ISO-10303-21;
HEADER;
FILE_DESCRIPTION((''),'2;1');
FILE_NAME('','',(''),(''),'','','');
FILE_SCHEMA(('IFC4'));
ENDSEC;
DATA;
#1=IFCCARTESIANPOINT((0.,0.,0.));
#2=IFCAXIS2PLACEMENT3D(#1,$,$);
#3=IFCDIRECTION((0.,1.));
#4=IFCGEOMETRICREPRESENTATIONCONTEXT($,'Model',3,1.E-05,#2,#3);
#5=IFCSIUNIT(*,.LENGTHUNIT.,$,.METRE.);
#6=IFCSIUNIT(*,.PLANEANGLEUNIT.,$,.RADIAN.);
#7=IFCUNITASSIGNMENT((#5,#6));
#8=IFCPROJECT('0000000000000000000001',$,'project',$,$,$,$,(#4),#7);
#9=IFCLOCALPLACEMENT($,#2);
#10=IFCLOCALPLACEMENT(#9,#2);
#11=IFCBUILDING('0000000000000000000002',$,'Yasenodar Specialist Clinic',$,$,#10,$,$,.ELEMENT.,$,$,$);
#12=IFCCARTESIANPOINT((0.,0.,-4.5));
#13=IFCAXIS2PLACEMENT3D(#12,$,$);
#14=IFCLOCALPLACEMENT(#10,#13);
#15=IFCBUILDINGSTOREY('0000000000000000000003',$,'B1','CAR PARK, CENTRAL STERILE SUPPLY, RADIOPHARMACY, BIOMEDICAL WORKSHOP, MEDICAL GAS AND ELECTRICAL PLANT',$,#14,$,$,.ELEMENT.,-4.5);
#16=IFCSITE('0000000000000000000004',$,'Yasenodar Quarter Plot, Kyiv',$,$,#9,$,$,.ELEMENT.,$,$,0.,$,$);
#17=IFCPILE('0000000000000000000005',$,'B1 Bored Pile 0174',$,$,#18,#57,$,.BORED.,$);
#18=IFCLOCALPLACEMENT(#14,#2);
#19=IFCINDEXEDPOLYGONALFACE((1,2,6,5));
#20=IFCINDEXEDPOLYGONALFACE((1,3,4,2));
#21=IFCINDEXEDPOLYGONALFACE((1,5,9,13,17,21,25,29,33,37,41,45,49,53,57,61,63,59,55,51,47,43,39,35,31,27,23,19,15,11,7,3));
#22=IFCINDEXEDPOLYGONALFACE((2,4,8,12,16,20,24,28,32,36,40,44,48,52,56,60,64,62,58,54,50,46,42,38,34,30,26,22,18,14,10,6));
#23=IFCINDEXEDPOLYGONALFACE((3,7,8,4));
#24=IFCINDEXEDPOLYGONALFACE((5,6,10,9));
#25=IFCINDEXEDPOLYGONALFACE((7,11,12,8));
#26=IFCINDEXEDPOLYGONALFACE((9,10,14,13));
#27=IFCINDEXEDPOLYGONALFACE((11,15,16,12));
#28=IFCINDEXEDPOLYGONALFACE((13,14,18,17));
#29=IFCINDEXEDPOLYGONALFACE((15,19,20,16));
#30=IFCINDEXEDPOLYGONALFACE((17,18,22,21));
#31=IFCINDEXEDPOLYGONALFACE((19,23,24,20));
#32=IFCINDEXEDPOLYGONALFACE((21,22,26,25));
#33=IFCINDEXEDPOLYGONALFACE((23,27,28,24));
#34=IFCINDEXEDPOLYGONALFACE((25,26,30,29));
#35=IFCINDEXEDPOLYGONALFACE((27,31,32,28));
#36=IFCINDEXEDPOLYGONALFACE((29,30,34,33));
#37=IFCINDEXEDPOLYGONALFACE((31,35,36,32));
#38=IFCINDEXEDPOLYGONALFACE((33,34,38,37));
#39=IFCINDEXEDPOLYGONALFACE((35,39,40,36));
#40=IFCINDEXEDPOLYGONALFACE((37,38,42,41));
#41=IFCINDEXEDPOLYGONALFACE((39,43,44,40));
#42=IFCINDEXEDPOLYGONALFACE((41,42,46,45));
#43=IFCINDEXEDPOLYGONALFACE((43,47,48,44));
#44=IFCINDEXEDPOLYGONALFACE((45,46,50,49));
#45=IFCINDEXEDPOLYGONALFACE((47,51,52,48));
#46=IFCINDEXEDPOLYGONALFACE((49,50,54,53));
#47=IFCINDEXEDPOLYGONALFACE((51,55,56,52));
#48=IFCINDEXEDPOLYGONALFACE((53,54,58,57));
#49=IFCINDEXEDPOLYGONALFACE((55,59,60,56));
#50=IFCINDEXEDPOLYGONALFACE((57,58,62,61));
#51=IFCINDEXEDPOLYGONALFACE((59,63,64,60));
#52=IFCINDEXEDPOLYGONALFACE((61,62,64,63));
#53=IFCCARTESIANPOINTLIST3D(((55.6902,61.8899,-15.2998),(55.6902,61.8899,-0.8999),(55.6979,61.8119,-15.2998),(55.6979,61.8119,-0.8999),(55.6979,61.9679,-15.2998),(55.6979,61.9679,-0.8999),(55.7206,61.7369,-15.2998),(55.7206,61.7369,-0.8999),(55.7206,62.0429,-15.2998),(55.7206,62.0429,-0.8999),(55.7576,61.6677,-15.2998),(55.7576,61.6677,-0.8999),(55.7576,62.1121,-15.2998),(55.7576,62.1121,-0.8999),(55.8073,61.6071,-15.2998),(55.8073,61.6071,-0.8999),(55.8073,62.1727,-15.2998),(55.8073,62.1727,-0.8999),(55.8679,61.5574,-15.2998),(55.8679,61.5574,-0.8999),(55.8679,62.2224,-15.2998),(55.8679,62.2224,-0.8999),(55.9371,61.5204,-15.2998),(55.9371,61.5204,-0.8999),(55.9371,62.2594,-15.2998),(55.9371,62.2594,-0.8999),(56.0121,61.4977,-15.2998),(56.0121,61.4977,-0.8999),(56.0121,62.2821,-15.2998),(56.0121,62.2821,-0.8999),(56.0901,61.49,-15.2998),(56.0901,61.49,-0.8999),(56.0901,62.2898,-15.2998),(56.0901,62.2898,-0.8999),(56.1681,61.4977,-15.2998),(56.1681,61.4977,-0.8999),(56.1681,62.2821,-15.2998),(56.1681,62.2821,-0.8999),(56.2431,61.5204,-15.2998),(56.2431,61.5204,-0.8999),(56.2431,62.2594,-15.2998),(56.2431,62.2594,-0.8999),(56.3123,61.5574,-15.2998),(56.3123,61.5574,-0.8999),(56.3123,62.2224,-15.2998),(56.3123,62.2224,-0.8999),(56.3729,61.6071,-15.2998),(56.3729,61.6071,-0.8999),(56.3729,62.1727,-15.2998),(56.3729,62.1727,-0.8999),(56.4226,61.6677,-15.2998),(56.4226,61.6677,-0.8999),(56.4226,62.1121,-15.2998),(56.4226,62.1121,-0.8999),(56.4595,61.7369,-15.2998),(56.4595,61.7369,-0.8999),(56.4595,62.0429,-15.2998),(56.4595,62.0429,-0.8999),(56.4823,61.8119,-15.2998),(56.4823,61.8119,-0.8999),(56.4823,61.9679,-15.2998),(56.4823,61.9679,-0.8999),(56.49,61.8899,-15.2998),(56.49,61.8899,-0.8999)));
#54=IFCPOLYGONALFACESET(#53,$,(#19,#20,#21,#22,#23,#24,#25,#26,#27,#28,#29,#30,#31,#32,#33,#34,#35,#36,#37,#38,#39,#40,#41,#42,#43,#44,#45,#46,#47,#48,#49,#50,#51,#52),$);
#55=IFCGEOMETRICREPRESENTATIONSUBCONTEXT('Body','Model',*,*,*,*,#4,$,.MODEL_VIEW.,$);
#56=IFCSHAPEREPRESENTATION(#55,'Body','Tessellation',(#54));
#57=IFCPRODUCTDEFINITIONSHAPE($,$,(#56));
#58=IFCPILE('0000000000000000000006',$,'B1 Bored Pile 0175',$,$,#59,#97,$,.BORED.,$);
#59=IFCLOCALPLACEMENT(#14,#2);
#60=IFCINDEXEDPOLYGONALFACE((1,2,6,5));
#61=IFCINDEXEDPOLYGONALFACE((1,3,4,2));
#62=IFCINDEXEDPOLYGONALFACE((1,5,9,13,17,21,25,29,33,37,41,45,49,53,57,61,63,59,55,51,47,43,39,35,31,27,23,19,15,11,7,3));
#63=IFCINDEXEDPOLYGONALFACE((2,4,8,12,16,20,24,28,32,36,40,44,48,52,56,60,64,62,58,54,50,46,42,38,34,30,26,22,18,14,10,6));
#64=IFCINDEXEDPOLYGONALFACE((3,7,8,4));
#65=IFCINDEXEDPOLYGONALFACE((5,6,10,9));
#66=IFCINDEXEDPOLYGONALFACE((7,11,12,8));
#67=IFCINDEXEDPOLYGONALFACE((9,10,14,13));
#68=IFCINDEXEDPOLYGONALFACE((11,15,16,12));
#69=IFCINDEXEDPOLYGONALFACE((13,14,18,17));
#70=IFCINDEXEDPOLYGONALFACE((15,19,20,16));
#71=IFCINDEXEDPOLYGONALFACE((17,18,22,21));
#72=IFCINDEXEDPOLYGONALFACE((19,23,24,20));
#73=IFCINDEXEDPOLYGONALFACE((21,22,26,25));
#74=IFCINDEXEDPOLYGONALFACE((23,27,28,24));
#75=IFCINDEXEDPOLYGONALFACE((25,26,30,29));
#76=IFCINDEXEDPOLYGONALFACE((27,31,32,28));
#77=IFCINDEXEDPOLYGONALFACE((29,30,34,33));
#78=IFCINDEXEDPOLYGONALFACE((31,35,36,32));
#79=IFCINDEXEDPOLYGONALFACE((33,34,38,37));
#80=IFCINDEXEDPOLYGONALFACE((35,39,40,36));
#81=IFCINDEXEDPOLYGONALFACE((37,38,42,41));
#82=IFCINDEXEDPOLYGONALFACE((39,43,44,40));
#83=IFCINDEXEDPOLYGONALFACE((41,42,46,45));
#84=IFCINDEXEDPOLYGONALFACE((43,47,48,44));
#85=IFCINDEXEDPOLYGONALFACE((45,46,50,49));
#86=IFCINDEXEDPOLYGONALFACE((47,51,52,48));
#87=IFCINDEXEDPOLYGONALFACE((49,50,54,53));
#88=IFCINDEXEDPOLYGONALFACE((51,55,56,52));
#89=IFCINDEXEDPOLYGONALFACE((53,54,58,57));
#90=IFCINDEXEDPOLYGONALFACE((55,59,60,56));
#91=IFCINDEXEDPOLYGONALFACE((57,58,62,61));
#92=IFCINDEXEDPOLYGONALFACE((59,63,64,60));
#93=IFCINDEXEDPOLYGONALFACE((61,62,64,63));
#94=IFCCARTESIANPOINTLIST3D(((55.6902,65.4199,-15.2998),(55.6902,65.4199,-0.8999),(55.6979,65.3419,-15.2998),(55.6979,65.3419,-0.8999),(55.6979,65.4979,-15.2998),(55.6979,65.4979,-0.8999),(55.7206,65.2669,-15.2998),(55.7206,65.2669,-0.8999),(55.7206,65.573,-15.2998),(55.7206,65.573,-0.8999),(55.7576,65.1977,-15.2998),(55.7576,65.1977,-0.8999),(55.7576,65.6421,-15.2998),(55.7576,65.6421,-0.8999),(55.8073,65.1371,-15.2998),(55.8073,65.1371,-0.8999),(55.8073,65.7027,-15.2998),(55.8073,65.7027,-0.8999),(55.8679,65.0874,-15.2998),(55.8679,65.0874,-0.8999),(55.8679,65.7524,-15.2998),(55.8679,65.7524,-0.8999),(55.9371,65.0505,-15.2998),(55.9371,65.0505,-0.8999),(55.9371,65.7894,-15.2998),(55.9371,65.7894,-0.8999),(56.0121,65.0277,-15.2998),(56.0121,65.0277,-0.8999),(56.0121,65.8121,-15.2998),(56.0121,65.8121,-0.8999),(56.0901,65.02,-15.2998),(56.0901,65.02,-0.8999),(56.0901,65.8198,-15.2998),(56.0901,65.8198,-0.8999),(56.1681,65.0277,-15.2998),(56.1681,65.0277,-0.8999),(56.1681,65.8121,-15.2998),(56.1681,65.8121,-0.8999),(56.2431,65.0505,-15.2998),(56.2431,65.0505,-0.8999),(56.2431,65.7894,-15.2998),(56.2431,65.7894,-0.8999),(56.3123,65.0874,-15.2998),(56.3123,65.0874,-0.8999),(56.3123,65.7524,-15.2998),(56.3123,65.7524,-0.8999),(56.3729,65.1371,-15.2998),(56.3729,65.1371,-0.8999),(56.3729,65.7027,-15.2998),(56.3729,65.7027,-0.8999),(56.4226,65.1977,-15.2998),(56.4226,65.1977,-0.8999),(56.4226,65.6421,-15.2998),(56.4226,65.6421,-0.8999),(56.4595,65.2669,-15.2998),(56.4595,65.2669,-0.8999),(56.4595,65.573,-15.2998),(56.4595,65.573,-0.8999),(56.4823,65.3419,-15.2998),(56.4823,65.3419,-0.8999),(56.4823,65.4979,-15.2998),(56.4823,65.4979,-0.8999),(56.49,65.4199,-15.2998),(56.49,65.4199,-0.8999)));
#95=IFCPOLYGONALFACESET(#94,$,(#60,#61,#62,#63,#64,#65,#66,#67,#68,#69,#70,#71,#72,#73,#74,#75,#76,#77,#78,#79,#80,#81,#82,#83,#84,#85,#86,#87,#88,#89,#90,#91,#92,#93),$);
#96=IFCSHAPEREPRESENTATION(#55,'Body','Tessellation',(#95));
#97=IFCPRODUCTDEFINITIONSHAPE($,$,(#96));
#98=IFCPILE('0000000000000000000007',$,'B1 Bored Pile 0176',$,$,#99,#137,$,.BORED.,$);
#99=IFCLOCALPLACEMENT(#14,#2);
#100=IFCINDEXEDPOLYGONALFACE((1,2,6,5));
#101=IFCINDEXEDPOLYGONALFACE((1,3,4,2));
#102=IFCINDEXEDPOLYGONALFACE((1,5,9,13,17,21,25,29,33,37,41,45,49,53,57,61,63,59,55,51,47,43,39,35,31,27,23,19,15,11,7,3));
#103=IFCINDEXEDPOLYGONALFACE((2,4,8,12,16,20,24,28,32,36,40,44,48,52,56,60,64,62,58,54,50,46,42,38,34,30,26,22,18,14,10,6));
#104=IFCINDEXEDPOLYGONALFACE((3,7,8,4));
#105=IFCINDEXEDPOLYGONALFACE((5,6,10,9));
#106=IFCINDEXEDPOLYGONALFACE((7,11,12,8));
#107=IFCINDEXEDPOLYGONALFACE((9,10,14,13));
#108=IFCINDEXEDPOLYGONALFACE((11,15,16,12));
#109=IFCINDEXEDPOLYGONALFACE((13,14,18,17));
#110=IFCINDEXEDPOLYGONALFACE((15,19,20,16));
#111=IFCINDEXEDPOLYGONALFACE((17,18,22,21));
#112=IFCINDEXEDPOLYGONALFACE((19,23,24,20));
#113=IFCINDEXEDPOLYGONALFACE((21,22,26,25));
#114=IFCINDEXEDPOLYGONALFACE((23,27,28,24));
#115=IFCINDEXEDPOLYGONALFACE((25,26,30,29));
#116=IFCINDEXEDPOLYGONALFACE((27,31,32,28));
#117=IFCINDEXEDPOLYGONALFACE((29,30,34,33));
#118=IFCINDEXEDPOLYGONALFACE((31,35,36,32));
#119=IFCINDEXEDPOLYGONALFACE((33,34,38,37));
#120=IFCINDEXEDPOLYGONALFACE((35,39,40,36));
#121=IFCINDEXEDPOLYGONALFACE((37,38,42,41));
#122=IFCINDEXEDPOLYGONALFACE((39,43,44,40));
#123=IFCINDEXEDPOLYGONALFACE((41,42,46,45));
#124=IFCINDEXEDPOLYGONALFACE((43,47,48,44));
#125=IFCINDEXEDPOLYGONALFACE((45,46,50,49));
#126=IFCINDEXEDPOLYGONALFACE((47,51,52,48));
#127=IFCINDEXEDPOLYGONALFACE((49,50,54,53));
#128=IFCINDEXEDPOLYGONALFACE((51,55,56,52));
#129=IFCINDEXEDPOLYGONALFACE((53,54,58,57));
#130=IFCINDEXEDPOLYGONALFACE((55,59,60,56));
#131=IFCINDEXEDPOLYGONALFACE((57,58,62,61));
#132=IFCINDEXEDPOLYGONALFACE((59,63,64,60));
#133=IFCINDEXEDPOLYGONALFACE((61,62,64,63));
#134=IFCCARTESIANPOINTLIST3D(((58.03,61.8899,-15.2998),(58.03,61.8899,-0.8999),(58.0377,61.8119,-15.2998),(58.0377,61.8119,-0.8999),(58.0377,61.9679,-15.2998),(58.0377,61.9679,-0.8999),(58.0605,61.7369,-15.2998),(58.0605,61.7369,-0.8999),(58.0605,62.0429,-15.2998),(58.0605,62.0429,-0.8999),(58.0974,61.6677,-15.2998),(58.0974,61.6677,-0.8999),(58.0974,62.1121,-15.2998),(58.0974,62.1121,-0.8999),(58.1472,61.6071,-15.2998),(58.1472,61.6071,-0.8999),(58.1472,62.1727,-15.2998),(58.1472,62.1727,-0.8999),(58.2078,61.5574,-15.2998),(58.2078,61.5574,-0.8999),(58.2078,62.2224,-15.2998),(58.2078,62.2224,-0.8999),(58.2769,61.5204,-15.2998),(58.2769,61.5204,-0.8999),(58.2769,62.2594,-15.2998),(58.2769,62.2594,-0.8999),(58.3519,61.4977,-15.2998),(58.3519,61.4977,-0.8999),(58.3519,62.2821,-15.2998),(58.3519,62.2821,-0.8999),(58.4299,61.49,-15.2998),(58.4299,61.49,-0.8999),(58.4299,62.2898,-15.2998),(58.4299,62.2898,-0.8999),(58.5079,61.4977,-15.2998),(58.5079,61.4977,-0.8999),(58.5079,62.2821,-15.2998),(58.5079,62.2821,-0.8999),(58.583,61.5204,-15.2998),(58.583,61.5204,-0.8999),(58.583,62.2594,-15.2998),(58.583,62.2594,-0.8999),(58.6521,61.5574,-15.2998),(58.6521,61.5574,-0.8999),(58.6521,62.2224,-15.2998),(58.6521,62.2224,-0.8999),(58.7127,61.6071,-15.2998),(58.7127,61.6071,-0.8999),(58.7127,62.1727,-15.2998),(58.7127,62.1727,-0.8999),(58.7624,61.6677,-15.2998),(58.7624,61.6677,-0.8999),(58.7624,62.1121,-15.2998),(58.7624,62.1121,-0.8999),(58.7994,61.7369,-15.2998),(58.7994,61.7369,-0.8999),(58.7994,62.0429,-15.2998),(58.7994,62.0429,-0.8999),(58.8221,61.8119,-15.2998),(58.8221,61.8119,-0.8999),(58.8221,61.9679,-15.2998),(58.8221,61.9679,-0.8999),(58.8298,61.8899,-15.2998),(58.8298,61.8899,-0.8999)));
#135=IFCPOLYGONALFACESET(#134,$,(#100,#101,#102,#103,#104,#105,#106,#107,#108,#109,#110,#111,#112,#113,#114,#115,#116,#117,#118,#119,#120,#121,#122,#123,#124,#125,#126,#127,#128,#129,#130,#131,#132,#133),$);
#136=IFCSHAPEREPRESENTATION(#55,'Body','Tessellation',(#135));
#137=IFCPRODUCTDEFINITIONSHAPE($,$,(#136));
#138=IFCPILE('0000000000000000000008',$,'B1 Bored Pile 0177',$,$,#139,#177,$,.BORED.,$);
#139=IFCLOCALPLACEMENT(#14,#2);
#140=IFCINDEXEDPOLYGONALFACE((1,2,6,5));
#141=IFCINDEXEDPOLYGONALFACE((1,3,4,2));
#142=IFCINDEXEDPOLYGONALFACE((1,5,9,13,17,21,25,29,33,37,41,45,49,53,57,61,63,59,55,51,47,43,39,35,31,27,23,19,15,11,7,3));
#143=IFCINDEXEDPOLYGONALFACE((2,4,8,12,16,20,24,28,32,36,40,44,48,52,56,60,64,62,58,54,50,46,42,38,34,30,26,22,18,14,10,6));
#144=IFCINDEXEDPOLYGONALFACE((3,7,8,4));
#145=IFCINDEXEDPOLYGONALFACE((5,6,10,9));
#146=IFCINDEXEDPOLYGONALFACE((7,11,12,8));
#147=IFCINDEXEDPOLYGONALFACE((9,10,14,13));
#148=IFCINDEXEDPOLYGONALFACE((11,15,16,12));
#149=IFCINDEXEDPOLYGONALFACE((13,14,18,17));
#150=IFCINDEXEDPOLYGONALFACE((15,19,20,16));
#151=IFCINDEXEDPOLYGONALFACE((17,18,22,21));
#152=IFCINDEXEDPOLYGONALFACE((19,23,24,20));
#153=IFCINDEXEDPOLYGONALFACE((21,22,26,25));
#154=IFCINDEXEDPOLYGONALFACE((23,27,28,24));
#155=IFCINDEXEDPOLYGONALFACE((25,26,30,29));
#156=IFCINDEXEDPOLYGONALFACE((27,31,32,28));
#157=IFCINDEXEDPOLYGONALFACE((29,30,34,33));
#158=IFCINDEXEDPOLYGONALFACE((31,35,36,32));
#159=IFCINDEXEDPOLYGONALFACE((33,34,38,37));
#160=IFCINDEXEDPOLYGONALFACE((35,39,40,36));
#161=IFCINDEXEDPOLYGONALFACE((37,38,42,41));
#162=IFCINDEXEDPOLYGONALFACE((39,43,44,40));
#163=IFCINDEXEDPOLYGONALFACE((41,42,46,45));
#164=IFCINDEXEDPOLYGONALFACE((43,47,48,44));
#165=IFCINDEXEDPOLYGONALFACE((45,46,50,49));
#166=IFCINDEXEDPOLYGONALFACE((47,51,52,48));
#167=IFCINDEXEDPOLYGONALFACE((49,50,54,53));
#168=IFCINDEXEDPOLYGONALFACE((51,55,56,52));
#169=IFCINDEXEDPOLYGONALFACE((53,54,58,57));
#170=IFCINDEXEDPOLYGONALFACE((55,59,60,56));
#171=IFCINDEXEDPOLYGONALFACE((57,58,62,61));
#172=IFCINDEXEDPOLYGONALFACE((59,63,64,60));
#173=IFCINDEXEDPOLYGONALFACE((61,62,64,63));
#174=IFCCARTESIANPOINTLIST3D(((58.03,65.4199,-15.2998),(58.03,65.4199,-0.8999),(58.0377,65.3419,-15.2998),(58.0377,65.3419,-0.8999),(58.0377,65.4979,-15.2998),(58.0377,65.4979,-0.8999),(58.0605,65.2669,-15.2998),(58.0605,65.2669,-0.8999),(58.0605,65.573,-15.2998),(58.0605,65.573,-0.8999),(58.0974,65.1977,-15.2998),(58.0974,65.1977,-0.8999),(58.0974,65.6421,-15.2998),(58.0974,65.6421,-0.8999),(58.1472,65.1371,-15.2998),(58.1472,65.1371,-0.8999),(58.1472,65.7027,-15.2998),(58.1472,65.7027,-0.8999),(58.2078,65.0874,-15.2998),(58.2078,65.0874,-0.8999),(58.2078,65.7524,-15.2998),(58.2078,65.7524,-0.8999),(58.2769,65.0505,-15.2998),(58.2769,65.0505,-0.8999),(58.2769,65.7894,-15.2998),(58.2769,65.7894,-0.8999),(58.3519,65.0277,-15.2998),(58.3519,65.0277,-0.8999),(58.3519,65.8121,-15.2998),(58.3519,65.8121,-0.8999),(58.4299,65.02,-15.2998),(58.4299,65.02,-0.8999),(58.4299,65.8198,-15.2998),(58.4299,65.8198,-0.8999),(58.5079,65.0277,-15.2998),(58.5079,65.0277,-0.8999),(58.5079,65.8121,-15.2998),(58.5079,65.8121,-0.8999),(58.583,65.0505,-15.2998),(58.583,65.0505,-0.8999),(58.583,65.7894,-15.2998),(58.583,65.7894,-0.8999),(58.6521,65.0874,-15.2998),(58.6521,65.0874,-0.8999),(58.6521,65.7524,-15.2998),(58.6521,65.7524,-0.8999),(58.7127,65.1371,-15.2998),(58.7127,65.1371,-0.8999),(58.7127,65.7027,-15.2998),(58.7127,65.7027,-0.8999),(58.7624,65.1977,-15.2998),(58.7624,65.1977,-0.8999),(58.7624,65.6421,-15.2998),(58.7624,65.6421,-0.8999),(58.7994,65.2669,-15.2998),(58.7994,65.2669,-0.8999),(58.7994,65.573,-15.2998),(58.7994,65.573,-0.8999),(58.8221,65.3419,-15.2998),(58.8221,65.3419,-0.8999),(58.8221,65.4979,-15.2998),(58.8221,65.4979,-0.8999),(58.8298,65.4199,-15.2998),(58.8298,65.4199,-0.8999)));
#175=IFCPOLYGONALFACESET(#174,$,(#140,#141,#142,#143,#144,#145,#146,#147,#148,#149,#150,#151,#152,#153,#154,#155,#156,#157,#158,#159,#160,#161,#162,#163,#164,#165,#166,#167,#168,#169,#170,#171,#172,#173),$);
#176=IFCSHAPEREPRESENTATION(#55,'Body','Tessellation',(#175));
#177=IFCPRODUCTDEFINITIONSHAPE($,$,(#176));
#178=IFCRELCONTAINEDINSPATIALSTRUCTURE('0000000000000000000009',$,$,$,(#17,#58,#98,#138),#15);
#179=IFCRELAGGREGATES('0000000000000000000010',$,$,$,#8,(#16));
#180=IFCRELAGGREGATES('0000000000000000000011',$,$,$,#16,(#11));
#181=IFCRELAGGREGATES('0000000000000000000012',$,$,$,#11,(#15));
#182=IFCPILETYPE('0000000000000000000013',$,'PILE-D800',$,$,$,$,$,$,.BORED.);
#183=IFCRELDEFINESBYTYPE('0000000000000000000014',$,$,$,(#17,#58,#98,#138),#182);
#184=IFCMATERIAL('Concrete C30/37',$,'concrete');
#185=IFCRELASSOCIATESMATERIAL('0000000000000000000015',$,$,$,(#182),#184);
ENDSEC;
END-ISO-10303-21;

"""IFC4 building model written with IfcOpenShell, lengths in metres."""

from ifc_helpers import new_model, si_unit, direction, frame, origin, origin_2d, place, context, subcontext, project, spatial, circle, extrude, material, material_profile, profile_set, type_object, element, save


model = new_model("IFC4")

# Units and contexts
model_context = context("Model", 3, precision=1e-05, world=origin(), true_north=direction((0.0, 1.0)))
body_context = subcontext(model_context, "Body", "Model", "MODEL_VIEW")
ifc_project = project(units=[si_unit("LENGTHUNIT", "METRE"), si_unit("PLANEANGLEUNIT", "RADIAN")], contexts=[model_context])

# Site, building, storey
site_placement = place(None, origin())
site = spatial("IfcSite", under=ifc_project, at=site_placement, Name="Yasenodar Quarter Plot, Kyiv", CompositionType="ELEMENT", RefElevation=0.0)
building_placement = place(site_placement, origin())
building = spatial("IfcBuilding", under=site, at=building_placement, Name="Yasenodar Specialist Clinic", CompositionType="ELEMENT")
storey_placement = place(building_placement, frame((0.0, 0.0, -4.5)))
storey = spatial("IfcBuildingStorey", under=building, at=storey_placement, Name="B1", Description="CAR PARK, CENTRAL STERILE SUPPLY, RADIOPHARMACY, BIOMEDICAL WORKSHOP, MEDICAL GAS AND ELECTRICAL PLANT", CompositionType="ELEMENT", Elevation=-4.5)

# Piles
ifc_material_1 = material(Name="Concrete C30/37", Category="concrete")
ifc_material_profile_1 = material_profile(ifc_material_1, circle(Radius=0.3999, at=origin_2d()), Name="PILE D800")
ifc_profile_set_1 = profile_set([ifc_material_profile_1], Name="Concrete C30/37")
pile_type_1 = type_object("IfcPileType", Name="PILE-D800", PredefinedType="BORED", material=ifc_profile_set_1)
for number, where, z_axis, x_axis, name in (
    (1, (56.0901, 61.8899, -0.8999), (0.0, 0.0, -1.0), (1.0, 0.0, 0.0), "B1 Bored Pile 0174"),
    (2, (56.0901, 65.4199, -0.8999), (0.0, 0.0, -1.0), (1.0, 0.0, 0.0), "B1 Bored Pile 0175"),
    (3, (58.4299, 61.8899, -0.8999), (0.0, 0.0, -1.0), (1.0, 0.0, 0.0), "B1 Bored Pile 0176"),
    (4, (58.4299, 65.4199, -0.8999), (0.0, 0.0, -1.0), (1.0, 0.0, 0.0), "B1 Bored Pile 0177"),
):
    element("IfcPile", number, at=place(storey_placement, frame(where, z_axis=z_axis, x_axis=x_axis)), inside=storey, type_object=pile_type_1, Name=name, PredefinedType="BORED", context=body_context, shape_type="SweptSolid", body=[
        extrude(circle(Radius=0.3999, at=origin_2d()), origin(), (0.0, 0.0, 1.0), 14.3999),
    ])

save(model, "model.ifc")
